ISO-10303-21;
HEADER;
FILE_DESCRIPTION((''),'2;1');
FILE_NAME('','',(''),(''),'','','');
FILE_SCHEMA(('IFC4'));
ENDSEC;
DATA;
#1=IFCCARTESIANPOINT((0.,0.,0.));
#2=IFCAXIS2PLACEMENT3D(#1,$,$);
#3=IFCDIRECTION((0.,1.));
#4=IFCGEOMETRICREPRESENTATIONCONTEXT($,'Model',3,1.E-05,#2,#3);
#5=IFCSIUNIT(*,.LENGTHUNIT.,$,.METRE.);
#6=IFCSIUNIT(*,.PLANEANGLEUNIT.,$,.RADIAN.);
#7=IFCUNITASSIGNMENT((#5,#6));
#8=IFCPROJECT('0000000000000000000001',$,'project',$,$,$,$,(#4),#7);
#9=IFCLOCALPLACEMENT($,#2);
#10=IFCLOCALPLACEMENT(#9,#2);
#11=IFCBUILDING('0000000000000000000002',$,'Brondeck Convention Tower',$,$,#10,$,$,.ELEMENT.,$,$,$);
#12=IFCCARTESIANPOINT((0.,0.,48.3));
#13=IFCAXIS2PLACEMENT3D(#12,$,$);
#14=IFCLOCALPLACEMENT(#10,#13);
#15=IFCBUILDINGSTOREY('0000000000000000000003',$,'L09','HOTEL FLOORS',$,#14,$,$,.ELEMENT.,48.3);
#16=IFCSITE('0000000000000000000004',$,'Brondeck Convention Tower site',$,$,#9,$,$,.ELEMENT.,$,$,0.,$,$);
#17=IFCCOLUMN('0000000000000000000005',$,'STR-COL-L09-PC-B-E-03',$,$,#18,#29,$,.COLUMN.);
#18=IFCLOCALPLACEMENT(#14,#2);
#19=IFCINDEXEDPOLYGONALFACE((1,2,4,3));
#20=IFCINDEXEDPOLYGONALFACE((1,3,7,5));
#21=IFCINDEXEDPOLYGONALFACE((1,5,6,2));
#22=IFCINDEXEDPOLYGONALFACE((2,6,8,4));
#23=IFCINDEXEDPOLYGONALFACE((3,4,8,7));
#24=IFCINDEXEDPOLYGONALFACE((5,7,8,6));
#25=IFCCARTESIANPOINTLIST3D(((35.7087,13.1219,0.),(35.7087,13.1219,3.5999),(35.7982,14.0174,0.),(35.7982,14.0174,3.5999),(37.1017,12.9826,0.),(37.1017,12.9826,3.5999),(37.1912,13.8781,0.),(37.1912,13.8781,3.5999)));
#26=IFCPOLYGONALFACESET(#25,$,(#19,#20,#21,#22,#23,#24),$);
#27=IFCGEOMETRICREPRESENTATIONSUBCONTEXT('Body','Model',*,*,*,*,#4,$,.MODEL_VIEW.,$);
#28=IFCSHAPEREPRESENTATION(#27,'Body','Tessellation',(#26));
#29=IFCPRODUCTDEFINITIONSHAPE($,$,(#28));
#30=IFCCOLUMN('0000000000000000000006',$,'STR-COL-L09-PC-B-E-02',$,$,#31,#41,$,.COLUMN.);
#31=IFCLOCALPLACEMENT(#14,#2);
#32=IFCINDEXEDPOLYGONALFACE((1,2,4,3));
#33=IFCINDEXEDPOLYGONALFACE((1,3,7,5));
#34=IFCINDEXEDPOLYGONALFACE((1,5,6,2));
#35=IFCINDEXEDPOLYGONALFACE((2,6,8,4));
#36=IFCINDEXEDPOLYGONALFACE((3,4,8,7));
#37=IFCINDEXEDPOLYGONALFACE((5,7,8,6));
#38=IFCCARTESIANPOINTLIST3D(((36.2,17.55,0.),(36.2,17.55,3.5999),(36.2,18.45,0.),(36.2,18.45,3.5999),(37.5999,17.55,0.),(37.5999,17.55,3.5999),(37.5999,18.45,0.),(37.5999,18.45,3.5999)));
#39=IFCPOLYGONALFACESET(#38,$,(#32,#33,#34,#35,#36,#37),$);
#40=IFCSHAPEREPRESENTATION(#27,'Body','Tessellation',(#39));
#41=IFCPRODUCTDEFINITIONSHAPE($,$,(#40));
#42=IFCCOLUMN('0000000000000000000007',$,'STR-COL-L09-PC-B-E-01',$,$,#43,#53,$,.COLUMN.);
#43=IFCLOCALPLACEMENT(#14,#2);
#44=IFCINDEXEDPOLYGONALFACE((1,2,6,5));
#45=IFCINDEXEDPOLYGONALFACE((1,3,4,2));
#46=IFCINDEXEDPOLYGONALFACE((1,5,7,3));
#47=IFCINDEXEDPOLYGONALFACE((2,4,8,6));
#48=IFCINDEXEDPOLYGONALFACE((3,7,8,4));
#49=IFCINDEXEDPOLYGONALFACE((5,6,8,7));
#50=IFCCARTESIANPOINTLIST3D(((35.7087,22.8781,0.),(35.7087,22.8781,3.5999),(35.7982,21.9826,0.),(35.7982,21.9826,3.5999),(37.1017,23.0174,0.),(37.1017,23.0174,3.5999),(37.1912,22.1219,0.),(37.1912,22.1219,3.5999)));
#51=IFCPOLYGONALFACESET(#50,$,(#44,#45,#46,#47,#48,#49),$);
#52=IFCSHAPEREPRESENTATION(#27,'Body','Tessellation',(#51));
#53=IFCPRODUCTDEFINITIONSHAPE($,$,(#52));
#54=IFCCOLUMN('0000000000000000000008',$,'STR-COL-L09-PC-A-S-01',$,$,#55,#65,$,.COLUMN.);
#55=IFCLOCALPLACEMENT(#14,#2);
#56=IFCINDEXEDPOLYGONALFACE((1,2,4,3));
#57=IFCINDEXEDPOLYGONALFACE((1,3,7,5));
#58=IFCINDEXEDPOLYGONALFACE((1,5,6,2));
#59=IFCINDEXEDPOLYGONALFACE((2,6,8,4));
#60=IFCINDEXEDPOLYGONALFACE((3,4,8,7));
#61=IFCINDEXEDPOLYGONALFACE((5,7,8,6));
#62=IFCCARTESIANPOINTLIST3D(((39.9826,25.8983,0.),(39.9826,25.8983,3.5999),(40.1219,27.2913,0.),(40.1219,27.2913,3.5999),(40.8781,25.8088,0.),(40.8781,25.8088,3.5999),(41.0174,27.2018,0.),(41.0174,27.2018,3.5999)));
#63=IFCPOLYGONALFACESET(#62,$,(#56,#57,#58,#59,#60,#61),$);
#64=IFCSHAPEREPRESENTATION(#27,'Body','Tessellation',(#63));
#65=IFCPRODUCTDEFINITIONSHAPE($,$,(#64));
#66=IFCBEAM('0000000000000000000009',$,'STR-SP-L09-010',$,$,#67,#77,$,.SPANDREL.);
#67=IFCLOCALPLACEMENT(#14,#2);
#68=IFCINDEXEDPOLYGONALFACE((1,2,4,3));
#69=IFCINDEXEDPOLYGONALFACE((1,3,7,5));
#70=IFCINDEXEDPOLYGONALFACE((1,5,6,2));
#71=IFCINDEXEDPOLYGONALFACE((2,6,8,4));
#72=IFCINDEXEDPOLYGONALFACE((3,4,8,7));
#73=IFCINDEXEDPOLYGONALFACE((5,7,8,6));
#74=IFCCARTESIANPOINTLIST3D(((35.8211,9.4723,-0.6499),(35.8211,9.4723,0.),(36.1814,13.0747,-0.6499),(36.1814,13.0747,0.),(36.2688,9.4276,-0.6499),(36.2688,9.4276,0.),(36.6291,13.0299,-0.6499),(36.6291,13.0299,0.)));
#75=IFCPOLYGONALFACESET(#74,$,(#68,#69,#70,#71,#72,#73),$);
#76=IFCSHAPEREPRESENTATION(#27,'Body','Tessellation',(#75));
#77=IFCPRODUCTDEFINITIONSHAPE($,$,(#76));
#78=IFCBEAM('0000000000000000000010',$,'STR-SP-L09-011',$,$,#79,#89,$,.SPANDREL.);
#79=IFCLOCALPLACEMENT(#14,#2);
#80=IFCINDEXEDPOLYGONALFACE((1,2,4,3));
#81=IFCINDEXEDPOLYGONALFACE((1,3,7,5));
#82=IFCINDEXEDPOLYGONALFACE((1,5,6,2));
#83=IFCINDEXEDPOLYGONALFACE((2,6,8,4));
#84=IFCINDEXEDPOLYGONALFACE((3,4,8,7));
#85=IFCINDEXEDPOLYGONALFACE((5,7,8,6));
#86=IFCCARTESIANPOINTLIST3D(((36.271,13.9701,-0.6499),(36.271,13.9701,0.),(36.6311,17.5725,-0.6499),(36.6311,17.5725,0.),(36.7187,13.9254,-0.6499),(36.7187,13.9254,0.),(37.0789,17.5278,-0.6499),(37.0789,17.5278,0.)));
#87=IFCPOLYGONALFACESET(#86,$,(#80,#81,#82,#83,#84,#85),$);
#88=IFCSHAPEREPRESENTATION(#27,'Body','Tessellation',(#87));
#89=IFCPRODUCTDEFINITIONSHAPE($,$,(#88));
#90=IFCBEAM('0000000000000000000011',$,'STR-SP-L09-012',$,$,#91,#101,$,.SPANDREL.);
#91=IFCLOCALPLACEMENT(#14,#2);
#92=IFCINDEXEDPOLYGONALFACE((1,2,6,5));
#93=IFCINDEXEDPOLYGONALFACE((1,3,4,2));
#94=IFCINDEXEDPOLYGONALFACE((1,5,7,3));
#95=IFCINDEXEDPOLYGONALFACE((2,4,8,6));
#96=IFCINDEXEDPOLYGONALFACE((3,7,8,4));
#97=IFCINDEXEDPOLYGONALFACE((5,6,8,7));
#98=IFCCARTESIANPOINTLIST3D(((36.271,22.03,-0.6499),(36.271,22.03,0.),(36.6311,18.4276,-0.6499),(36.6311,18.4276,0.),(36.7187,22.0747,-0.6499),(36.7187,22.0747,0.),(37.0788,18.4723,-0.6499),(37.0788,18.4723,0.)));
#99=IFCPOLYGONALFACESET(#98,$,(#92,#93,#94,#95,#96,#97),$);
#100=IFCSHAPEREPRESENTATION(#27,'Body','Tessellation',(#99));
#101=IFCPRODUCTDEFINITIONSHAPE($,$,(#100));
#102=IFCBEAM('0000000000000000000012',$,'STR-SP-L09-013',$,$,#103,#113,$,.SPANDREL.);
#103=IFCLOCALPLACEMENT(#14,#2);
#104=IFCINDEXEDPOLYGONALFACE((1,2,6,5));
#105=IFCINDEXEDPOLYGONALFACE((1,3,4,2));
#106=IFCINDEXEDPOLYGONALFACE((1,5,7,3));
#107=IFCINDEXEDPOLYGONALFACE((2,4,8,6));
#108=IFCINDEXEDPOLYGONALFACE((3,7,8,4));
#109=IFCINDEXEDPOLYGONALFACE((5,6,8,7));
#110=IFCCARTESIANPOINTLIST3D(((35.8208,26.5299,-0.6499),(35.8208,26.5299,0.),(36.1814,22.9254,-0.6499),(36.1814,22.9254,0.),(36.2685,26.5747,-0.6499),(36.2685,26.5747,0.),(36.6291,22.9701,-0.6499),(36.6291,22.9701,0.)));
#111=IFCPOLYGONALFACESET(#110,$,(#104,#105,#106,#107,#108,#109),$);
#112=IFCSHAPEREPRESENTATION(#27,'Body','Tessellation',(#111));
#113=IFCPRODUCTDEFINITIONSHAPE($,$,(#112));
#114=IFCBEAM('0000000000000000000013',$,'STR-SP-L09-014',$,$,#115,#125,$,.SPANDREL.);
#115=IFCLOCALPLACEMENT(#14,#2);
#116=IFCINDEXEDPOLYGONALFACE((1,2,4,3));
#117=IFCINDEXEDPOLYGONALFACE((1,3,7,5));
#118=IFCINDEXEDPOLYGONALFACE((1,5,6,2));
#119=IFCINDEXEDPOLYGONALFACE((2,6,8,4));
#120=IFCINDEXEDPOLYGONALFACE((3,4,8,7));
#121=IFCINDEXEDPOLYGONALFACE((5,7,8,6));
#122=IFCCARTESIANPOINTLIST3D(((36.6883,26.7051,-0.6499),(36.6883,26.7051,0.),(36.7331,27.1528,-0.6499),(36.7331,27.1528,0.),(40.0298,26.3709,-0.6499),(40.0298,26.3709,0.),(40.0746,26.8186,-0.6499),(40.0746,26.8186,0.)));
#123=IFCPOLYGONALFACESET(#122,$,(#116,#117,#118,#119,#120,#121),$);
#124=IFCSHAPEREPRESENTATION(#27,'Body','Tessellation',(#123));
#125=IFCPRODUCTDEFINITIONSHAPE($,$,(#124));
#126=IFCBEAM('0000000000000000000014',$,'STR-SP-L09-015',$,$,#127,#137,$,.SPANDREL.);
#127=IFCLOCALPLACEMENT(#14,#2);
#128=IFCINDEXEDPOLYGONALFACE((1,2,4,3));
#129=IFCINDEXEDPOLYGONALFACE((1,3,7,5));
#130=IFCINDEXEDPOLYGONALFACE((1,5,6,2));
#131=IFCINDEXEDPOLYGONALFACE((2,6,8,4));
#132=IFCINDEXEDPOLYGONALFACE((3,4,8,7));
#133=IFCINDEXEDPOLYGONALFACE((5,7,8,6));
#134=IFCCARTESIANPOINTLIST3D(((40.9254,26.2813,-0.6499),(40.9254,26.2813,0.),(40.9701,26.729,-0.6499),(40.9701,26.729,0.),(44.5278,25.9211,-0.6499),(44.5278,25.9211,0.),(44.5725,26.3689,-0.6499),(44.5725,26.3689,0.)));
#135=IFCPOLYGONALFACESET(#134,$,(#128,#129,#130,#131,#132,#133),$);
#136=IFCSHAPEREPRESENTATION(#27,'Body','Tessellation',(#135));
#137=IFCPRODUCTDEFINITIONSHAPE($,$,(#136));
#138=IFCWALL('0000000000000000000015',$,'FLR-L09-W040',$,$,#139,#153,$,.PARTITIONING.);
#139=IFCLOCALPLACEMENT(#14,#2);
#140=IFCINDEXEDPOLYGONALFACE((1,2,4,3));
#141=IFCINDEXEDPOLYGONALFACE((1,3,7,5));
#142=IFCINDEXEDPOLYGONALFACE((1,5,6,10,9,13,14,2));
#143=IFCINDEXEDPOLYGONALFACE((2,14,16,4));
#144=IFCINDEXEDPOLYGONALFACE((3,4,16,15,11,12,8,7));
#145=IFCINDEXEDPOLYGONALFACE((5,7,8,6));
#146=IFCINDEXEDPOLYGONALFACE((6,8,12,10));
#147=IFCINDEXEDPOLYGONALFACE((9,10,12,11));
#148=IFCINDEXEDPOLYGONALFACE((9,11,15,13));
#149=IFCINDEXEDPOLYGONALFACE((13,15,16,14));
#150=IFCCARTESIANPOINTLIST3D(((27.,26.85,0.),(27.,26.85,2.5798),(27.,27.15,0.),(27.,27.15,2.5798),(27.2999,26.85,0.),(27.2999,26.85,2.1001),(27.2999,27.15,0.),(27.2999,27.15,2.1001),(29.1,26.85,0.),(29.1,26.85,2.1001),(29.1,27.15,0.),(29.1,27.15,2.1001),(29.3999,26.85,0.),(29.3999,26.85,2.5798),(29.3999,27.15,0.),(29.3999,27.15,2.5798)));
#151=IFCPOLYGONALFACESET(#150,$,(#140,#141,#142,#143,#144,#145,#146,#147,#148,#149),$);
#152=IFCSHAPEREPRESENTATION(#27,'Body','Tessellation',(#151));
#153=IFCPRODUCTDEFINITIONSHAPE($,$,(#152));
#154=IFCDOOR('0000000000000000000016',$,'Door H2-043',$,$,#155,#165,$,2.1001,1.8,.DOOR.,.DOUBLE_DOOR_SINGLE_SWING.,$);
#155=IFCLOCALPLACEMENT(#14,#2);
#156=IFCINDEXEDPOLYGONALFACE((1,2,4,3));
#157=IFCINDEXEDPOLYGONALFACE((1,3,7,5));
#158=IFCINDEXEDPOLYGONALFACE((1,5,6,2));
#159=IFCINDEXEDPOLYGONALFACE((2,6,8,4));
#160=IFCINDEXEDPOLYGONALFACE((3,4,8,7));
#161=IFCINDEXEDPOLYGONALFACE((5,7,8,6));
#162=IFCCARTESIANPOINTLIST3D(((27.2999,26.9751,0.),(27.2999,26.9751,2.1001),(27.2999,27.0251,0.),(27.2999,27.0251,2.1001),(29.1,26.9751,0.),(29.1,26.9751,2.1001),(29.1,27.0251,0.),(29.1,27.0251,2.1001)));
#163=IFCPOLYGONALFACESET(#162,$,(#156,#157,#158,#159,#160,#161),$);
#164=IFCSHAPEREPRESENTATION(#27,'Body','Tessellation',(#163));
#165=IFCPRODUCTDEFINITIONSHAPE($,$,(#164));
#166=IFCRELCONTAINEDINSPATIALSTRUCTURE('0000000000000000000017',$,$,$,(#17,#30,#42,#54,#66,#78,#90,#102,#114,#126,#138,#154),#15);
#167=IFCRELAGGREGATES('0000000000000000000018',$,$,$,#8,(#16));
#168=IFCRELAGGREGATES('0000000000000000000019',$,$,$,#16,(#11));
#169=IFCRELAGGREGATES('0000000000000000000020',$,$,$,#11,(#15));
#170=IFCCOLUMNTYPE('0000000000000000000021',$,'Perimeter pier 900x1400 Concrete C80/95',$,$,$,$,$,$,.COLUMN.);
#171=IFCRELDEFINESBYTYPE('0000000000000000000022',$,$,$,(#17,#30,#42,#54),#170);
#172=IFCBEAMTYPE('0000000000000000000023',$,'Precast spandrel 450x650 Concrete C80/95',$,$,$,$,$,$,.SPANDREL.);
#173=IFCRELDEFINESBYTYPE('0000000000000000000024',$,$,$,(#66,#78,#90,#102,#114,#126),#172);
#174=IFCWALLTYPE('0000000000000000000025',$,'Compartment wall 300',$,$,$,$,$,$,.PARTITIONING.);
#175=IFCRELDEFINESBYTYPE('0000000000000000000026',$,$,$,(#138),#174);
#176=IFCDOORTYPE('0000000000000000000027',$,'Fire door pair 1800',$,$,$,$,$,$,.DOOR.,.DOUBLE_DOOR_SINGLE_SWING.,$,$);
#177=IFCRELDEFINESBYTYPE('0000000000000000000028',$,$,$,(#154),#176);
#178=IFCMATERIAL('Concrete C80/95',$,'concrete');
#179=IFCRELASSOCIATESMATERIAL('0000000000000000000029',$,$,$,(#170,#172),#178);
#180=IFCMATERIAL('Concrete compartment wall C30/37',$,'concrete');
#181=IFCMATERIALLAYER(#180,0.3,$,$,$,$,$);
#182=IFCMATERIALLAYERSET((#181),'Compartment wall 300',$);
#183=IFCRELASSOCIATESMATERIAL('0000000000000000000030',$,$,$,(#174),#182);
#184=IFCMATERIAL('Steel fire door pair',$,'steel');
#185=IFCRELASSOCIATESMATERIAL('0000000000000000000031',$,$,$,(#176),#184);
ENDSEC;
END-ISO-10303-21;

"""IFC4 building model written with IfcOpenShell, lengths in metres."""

from ifc_helpers import new_model, si_unit, direction, frame, frame_2d, origin, origin_2d, place, context, subcontext, project, spatial, rectangle, extrude, material, layer, layer_set, material_profile, profile_set, type_object, element, fill, save


model = new_model("IFC4")

# Units and contexts
model_context = context("Model", 3, precision=1e-05, world=origin(), true_north=direction((0.0, 1.0)))
body_context = subcontext(model_context, "Body", "Model", "MODEL_VIEW")
ifc_project = project(units=[si_unit("LENGTHUNIT", "METRE"), si_unit("PLANEANGLEUNIT", "RADIAN")], contexts=[model_context])

# Site, building, storey
site_placement = place(None, origin())
site = spatial("IfcSite", under=ifc_project, at=site_placement, Name="Brondeck Convention Tower site", CompositionType="ELEMENT", RefElevation=0.0)
building_placement = place(site_placement, origin())
building = spatial("IfcBuilding", under=site, at=building_placement, Name="Brondeck Convention Tower", CompositionType="ELEMENT")
storey_placement = place(building_placement, frame((0.0, 0.0, 48.3)))
storey = spatial("IfcBuildingStorey", under=building, at=storey_placement, Name="L09", Description="HOTEL FLOORS", CompositionType="ELEMENT", Elevation=48.3)

# Columns
ifc_material_1 = material(Name="Concrete C80/95", Category="concrete")
ifc_material_profile_1 = material_profile(ifc_material_1, rectangle(XDim=0.8999, YDim=1.3999, at=origin_2d()), Name="Perimeter pier 900x1400 Concrete C80/95")
ifc_profile_set_1 = profile_set([ifc_material_profile_1], Name="Concrete C80/95")
column_type = type_object("IfcColumnType", Name="Perimeter pier 900x1400 Concrete C80/95", PredefinedType="COLUMN", material=ifc_profile_set_1)
for number, where, z_axis, x_axis, name in (
    (1, (36.45, 13.5, 0.0), (0.0, 0.0, 1.0), (0.099504, 0.995037, 0.0), "STR-COL-L09-PC-B-E-03"),
    (2, (36.8999, 18.0, 0.0), (0.0, 0.0, 1.0), (0.0, 1.0, 0.0), "STR-COL-L09-PC-B-E-02"),
    (3, (36.45, 22.5, 0.0), (0.0, 0.0, 1.0), (-0.099504, 0.995037, 0.0), "STR-COL-L09-PC-B-E-01"),
    (4, (40.5, 26.55, 0.0), (0.0, 0.0, 1.0), (0.995037, -0.099504, 0.0), "STR-COL-L09-PC-A-S-01"),
):
    element("IfcColumn", number, at=place(storey_placement, frame(where, z_axis=z_axis, x_axis=x_axis)), inside=storey, type_object=column_type, Name=name, PredefinedType="COLUMN", context=body_context, shape_type="SweptSolid", body=[
        extrude(rectangle(XDim=0.8999, YDim=1.3999, at=origin_2d()), origin(), (0.0, 0.0, 1.0), 3.5999),
    ])

# Beams
ifc_material_profile_2 = material_profile(ifc_material_1, rectangle(XDim=0.45, YDim=0.6499, at=origin_2d()), Name="Precast spandrel 450x650 Concrete C80/95")
ifc_profile_set_2 = profile_set([ifc_material_profile_2], Name="Concrete C80/95")
beam_type = type_object("IfcBeamType", Name="Precast spandrel 450x650 Concrete C80/95", PredefinedType="SPANDREL", material=ifc_profile_set_2)
for number, where, z_axis, x_axis, name in (
    (5, (36.0449, 9.45, -0.325), (0.099537, 0.995034, 0.0), (-0.995034, 0.099537, 0.0), "STR-SP-L09-010"),
    (6, (36.4949, 13.9478, -0.325), (0.09947, 0.995041, 0.0), (-0.995041, 0.09947, 0.0), "STR-SP-L09-011"),
    (7, (36.855, 18.45, -0.325), (-0.09947, 0.995041, 0.0), (-0.995041, -0.09947, 0.0), "STR-SP-L09-012"),
):
    element("IfcBeam", number, at=place(storey_placement, frame(where, z_axis=z_axis, x_axis=x_axis)), inside=storey, type_object=beam_type, Name=name, PredefinedType="SPANDREL", context=body_context, shape_type="SweptSolid", body=[
        extrude(rectangle(XDim=0.45, YDim=0.6499, at=origin_2d()), origin(), (0.0, 0.0, 1.0), 3.6204),
    ])
beam_1_placement = place(storey_placement, frame((36.4053, 22.9478, -0.325), z_axis=(-0.099544, 0.995033, 0.0), x_axis=(-0.995033, -0.099544, 0.0)))
element("IfcBeam", 8, at=beam_1_placement, inside=storey, type_object=beam_type, Name="STR-SP-L09-013", PredefinedType="SPANDREL", context=body_context, shape_type="SweptSolid", body=[
    extrude(rectangle(XDim=0.45, YDim=0.6499, at=origin_2d()), origin(), (0.0, 0.0, 1.0), 3.6226),
])
beam_2_placement = place(storey_placement, frame((36.7107, 26.929, -0.325), z_axis=(0.995035, -0.099525, 0.0), x_axis=(0.099525, 0.995035, 0.0)))
element("IfcBeam", 9, at=beam_2_placement, inside=storey, type_object=beam_type, Name="STR-SP-L09-014", PredefinedType="SPANDREL", context=body_context, shape_type="SweptSolid", body=[
    extrude(rectangle(XDim=0.45, YDim=0.6499, at=origin_2d()), origin(), (0.0, 0.0, 1.0), 3.3582),
])
beam_3_placement = place(storey_placement, frame((40.9478, 26.5051, -0.325), z_axis=(0.995041, -0.09947, 0.0), x_axis=(0.09947, 0.995041, 0.0)))
element("IfcBeam", 10, at=beam_3_placement, inside=storey, type_object=beam_type, Name="STR-SP-L09-015", PredefinedType="SPANDREL", context=body_context, shape_type="SweptSolid", body=[
    extrude(rectangle(XDim=0.45, YDim=0.6499, at=origin_2d()), origin(), (0.0, 0.0, 1.0), 3.6204),
])

# Wall, opening, door
ifc_material_2 = material(Name="Concrete compartment wall C30/37", Category="concrete")
ifc_layer_1 = layer(ifc_material_2, 0.3)
ifc_layer_set_1 = layer_set([ifc_layer_1], Name="Compartment wall 300")
wall_type_1 = type_object("IfcWallType", Name="Compartment wall 300", PredefinedType="PARTITIONING", material=ifc_layer_set_1)
wall_1_placement = place(storey_placement, frame((29.3999, 27.0, 0.0), z_axis=(0.0, 0.0, 1.0), x_axis=(-1.0, 0.0, 0.0)))
wall_1 = element("IfcWall", 11, at=wall_1_placement, inside=storey, type_object=wall_type_1, Name="FLR-L09-W040", PredefinedType="PARTITIONING", context=body_context, shape_type="SweptSolid", body=[
    extrude(rectangle(XDim=2.3999, YDim=0.3, at=frame_2d((1.2, 0.0))), origin(), (0.0, 0.0, 1.0), 2.5798),
])
opening_1_placement = place(wall_1_placement, frame((0.3, 0.0, 0.0)))
opening_1 = element("IfcOpeningElement", 12, at=opening_1_placement, cuts=wall_1, PredefinedType="OPENING", context=body_context, shape_type="SweptSolid", body=[
    extrude(rectangle(XDim=1.8, YDim=2.1001, at=frame_2d((0.8999, 1.05))), frame((0.0, 0.1599, 0.0), z_axis=(0.0, -1.0, 0.0), x_axis=(1.0, 0.0, 0.0)), (0.0, 0.0, 1.0), 0.3201),
])
ifc_material_3 = material(Name="Steel fire door pair", Category="steel")
door_type_1 = type_object("IfcDoorType", Name="Fire door pair 1800", OperationType="DOUBLE_DOOR_SINGLE_SWING", PredefinedType="DOOR", material=ifc_material_3)
door_1_placement = place(opening_1_placement, origin())
door_1 = element("IfcDoor", 13, at=door_1_placement, inside=storey, type_object=door_type_1, Name="Door H2-043", OperationType="DOUBLE_DOOR_SINGLE_SWING", OverallHeight=2.1001, OverallWidth=1.8, PredefinedType="DOOR", context=body_context, shape_type="SweptSolid", body=[
    extrude(rectangle(XDim=1.8, YDim=2.1001, at=frame_2d((0.8999, 1.05))), frame((0.0, 0.0249, 0.0), z_axis=(0.0, -1.0, 0.0), x_axis=(1.0, 0.0, 0.0)), (0.0, 0.0, 1.0), 0.05),
])
fill(opening_1, door_1)

save(model, "model.ifc")
